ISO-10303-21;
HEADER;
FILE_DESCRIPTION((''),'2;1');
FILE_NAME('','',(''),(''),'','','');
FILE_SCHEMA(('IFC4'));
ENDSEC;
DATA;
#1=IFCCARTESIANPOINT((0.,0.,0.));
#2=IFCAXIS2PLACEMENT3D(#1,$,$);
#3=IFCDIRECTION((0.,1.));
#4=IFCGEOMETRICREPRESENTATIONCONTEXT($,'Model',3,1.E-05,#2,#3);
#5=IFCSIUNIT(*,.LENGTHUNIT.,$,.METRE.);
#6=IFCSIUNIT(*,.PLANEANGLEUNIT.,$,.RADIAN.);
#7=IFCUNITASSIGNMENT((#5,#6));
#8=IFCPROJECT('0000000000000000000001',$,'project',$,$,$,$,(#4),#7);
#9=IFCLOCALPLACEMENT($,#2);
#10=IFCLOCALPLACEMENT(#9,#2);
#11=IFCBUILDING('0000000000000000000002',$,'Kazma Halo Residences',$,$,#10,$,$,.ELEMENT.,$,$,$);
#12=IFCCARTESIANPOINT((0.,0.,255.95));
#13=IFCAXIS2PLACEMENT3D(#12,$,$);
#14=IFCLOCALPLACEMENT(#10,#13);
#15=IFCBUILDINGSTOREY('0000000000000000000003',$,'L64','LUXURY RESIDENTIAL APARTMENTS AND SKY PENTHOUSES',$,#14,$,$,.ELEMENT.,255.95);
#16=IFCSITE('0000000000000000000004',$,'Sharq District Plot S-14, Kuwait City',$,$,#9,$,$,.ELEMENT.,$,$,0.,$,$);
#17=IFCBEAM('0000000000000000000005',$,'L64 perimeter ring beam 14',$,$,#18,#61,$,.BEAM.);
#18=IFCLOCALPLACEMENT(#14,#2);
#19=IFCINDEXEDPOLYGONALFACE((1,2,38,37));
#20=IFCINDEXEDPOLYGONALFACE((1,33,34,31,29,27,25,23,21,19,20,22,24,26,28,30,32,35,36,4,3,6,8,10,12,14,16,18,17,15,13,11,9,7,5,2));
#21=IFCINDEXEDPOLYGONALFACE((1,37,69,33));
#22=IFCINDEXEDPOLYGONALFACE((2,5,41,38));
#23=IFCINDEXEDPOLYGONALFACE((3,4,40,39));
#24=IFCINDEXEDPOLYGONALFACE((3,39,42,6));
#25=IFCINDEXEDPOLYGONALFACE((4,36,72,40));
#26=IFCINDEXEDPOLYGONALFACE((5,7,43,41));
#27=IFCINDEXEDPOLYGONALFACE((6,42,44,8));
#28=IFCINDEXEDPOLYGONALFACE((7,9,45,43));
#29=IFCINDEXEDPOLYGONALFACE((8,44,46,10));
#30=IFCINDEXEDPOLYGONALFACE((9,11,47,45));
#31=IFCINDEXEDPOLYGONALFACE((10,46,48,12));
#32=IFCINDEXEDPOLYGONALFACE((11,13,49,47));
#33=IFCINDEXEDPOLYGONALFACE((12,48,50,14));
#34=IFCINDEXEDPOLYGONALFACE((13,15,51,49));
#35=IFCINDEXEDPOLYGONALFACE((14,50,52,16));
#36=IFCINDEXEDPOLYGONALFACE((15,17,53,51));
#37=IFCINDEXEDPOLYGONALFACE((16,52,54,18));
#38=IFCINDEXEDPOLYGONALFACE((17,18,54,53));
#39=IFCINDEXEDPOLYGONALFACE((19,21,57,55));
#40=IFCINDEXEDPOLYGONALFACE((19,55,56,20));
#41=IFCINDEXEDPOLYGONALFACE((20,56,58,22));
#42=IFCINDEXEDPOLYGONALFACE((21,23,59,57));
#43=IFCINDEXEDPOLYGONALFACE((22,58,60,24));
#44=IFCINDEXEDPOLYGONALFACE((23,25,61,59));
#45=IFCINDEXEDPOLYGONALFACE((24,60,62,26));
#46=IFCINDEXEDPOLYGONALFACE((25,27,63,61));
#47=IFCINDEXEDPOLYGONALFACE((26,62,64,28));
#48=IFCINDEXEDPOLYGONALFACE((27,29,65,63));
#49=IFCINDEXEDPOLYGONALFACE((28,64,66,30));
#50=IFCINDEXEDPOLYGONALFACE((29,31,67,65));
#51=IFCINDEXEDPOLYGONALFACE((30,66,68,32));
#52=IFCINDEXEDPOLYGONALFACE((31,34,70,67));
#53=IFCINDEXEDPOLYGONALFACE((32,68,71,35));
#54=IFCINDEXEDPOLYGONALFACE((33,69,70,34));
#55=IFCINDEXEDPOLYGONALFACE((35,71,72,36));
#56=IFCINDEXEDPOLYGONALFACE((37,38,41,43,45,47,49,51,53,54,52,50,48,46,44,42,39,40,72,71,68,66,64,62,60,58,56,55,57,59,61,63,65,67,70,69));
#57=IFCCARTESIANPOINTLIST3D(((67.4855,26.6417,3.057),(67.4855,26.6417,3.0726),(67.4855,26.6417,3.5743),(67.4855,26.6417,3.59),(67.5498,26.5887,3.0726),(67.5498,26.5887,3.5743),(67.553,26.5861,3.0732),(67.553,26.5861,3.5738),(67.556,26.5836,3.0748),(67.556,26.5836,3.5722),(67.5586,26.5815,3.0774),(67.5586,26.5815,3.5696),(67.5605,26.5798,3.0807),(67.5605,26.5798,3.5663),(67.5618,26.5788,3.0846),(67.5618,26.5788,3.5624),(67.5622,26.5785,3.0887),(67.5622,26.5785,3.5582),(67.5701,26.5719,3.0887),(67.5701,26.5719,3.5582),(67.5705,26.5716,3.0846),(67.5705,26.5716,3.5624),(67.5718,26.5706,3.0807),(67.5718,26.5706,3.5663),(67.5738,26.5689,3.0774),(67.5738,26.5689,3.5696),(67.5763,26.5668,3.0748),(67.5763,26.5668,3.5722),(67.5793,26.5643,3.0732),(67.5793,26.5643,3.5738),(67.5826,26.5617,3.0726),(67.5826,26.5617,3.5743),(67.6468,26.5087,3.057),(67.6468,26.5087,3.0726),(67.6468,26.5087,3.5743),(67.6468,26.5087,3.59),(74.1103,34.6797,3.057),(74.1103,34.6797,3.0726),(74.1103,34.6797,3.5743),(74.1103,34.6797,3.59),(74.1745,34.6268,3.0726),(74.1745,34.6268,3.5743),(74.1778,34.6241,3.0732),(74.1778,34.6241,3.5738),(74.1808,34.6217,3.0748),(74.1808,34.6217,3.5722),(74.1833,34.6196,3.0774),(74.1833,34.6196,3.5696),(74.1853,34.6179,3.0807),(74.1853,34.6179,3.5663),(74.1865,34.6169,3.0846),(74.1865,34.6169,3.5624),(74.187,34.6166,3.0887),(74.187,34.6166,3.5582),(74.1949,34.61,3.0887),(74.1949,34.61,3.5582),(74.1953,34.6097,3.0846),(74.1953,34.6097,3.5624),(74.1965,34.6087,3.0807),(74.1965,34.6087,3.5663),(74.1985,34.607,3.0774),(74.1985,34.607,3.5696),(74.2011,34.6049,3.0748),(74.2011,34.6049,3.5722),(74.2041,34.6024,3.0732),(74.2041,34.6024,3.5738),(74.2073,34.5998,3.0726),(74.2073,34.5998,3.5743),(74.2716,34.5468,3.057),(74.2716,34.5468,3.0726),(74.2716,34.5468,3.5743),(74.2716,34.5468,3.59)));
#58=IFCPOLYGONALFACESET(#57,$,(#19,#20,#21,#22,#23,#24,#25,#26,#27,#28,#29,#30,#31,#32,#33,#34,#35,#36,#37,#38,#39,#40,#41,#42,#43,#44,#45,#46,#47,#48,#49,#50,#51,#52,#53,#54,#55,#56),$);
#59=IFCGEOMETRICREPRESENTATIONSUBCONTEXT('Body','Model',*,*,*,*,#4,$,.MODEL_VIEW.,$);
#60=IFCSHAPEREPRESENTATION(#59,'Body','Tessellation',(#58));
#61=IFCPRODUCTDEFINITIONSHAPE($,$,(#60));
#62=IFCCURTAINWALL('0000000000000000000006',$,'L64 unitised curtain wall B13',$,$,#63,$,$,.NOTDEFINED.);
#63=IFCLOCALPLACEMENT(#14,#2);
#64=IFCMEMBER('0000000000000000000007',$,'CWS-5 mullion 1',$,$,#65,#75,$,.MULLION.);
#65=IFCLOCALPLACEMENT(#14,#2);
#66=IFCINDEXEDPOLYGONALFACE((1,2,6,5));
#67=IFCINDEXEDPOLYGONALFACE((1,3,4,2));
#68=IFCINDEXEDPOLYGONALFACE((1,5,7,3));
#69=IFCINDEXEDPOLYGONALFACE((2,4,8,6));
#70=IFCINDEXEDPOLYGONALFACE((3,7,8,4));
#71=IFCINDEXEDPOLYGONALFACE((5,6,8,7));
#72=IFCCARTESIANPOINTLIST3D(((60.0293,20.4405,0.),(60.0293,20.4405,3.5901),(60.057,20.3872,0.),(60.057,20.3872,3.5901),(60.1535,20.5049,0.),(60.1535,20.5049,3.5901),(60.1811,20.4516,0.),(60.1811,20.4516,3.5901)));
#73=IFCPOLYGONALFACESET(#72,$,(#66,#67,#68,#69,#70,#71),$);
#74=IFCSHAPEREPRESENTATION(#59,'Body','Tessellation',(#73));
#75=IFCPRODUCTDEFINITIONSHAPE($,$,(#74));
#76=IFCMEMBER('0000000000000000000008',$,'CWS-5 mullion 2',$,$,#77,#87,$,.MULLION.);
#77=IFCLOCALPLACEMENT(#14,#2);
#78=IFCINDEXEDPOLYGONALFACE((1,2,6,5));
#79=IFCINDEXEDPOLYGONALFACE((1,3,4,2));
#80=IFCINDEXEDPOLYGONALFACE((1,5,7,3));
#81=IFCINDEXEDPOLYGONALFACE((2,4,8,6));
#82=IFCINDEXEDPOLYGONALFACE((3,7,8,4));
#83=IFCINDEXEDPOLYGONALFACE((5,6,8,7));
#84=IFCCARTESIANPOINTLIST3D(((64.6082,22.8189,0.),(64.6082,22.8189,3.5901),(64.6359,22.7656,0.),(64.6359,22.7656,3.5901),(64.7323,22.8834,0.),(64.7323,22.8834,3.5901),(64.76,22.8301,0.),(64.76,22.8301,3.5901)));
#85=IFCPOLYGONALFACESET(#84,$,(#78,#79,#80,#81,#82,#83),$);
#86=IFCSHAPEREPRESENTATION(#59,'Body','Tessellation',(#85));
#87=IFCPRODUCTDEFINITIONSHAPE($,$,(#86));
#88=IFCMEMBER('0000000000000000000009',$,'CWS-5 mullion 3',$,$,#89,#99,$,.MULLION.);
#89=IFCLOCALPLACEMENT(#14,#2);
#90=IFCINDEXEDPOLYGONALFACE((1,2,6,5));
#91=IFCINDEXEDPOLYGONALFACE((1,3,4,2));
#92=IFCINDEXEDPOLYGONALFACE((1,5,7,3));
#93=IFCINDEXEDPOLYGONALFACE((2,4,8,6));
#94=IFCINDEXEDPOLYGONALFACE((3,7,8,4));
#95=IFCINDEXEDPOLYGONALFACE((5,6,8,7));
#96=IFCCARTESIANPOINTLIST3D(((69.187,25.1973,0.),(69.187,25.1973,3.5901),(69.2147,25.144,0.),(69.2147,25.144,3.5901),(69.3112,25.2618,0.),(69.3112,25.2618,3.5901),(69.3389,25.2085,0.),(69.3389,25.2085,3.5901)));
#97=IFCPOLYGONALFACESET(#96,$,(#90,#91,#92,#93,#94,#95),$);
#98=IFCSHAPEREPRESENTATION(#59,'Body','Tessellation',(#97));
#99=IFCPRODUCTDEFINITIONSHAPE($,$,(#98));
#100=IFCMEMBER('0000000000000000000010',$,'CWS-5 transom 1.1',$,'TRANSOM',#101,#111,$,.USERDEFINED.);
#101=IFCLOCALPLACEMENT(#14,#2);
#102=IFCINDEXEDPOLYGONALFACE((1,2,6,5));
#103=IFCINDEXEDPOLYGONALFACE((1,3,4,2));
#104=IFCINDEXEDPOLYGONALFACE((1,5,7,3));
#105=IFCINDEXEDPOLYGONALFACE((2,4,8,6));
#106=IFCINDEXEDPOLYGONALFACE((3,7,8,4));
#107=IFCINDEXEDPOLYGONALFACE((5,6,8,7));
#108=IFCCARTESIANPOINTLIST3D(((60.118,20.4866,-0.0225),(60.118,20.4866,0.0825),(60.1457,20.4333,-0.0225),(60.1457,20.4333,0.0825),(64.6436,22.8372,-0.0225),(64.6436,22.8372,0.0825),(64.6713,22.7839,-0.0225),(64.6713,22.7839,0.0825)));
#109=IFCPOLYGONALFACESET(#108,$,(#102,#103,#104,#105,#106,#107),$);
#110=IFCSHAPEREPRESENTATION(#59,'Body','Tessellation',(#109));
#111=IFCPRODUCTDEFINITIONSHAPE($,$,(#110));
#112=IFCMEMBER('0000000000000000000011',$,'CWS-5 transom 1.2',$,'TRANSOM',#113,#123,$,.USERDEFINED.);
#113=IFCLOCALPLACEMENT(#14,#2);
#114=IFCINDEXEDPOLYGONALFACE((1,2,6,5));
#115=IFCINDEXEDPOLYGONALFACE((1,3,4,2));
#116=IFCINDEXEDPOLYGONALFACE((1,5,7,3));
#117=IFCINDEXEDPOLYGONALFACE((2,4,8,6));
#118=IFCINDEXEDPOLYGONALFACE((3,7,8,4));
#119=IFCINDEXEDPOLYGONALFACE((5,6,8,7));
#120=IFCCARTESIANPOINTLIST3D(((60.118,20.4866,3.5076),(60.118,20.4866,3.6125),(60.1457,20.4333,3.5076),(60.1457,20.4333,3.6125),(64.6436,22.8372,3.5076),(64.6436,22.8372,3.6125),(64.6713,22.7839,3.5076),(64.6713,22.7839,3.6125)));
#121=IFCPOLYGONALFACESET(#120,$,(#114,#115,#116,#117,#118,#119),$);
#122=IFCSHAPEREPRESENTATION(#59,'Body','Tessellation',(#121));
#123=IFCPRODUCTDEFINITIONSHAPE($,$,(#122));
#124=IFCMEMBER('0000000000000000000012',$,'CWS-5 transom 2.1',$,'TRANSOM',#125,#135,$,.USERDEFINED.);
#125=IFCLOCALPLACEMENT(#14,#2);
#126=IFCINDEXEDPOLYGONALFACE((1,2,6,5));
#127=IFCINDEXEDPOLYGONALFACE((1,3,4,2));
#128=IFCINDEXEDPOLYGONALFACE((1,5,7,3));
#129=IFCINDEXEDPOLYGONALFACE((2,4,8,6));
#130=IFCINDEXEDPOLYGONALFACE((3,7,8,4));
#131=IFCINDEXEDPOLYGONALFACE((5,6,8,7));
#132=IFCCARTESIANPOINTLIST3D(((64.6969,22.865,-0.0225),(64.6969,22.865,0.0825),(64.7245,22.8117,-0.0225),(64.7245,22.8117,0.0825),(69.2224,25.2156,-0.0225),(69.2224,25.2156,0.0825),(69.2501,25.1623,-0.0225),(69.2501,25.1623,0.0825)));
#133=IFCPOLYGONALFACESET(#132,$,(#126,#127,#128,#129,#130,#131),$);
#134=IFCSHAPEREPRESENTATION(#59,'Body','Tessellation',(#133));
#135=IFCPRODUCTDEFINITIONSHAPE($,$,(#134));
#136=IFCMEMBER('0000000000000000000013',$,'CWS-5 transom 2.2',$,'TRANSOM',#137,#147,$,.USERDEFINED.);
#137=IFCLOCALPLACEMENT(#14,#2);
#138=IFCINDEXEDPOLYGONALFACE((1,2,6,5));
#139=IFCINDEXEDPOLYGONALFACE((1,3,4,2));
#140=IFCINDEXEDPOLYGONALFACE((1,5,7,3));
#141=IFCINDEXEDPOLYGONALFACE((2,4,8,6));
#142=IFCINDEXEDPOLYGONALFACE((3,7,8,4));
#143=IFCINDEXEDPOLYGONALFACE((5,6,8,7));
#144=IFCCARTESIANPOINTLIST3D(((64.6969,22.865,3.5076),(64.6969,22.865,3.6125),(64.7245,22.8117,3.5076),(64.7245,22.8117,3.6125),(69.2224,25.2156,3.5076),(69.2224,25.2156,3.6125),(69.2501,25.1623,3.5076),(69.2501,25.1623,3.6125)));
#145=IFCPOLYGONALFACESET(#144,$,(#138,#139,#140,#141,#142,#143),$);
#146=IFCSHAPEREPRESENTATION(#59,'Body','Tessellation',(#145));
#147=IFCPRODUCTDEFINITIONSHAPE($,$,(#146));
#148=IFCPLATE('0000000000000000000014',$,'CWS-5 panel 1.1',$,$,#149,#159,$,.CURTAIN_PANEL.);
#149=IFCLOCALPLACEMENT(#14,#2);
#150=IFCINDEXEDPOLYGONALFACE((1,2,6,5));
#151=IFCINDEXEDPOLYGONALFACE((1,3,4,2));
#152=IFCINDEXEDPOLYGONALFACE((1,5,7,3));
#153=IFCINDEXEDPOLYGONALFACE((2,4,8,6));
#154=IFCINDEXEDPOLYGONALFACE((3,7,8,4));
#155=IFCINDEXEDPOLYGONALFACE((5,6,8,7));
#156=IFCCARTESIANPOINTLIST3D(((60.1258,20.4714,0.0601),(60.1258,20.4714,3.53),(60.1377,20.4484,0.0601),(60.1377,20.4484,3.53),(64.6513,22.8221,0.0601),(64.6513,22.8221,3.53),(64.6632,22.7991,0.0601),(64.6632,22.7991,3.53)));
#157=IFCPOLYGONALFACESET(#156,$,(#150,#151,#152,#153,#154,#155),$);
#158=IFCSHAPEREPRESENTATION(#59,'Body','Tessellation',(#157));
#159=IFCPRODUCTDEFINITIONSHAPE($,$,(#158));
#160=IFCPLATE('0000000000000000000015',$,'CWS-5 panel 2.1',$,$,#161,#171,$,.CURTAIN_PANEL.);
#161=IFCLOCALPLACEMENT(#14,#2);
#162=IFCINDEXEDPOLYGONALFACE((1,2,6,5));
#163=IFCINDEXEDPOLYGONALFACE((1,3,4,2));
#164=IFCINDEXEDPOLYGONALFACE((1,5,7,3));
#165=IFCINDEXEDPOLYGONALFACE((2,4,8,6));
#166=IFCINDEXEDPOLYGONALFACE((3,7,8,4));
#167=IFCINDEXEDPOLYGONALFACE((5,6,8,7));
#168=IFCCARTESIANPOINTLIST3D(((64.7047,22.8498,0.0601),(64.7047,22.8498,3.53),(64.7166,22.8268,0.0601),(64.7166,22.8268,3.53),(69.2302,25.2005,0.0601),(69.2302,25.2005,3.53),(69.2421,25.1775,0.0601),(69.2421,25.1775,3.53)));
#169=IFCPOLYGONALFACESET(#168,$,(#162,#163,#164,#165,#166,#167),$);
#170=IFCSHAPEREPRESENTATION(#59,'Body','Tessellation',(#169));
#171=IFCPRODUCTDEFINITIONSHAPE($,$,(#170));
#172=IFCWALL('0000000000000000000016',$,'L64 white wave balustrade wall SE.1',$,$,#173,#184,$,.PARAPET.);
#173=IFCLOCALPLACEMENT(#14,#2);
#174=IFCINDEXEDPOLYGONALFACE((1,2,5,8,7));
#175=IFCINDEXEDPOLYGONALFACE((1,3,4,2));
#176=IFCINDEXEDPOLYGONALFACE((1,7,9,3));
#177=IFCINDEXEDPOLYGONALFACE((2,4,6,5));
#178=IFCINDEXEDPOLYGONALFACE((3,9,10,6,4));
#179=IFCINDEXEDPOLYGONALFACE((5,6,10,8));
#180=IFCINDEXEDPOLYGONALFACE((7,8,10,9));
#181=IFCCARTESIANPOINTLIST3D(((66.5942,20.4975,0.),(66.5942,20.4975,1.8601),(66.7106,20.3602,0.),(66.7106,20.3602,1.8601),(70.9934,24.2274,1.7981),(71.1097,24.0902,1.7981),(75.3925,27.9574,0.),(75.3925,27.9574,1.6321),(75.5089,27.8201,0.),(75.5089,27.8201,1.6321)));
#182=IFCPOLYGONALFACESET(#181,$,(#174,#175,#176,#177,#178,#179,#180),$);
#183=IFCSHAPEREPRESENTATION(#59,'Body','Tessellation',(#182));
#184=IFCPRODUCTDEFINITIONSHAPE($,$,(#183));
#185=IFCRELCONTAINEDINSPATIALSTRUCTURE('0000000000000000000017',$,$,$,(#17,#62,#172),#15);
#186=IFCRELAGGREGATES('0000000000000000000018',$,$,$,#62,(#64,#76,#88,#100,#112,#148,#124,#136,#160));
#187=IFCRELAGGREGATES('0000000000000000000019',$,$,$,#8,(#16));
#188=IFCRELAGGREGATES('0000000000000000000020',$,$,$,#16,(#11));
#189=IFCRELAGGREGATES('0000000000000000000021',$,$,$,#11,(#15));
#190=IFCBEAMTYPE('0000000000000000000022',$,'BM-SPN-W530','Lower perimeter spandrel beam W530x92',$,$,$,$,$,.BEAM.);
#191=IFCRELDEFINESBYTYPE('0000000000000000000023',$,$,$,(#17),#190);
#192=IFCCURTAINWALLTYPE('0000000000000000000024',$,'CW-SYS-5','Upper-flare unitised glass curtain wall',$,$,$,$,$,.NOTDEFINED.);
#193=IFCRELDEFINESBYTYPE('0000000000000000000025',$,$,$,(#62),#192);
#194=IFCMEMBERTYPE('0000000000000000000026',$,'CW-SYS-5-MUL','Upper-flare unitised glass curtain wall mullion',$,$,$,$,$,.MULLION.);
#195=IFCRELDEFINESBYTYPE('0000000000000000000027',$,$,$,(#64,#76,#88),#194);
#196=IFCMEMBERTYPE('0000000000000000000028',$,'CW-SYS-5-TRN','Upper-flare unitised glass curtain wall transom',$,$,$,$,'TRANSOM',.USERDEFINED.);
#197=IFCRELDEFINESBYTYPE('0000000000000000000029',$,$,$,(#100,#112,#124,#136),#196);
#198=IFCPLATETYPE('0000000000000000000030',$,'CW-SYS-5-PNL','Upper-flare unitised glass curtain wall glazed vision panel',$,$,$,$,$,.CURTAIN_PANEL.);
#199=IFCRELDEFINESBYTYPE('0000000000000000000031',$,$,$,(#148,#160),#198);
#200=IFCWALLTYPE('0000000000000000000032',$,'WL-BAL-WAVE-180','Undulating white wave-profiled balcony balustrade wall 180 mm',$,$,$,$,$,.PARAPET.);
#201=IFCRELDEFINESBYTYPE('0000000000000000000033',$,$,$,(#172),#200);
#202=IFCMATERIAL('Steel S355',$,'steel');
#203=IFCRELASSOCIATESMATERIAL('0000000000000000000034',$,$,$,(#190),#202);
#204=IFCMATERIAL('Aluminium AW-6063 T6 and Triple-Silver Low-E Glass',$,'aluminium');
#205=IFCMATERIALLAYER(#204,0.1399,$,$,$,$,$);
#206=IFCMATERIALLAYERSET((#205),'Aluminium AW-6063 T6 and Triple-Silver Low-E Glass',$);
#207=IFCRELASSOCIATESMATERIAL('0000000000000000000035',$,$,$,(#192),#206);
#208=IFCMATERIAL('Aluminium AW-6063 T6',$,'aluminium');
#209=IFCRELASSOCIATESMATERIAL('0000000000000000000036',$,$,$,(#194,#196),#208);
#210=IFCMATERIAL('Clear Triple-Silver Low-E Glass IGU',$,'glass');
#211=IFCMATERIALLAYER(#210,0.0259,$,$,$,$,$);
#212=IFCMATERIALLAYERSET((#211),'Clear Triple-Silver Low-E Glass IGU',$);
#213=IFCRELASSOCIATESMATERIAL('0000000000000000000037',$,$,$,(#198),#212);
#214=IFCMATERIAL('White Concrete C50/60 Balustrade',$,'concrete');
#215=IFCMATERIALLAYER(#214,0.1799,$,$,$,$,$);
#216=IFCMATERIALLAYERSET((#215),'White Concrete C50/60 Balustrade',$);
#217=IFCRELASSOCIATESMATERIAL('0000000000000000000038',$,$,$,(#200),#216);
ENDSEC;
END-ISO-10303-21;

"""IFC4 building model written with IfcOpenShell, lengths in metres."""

from ifc_helpers import new_model, si_unit, direction, frame, origin, origin_2d, place, context, subcontext, project, spatial, polyline, rectangle, i_section, outline, extrude, material, layer, layer_set, material_profile, profile_set, type_object, element, aggregate, save


model = new_model("IFC4")

# Units and contexts
model_context = context("Model", 3, precision=1e-05, world=origin(), true_north=direction((0.0, 1.0)))
body_context = subcontext(model_context, "Body", "Model", "MODEL_VIEW")
ifc_project = project(units=[si_unit("LENGTHUNIT", "METRE"), si_unit("PLANEANGLEUNIT", "RADIAN")], contexts=[model_context])

# Site, building, storey
site_placement = place(None, origin())
site = spatial("IfcSite", under=ifc_project, at=site_placement, Name="Sharq District Plot S-14, Kuwait City", CompositionType="ELEMENT", RefElevation=0.0)
building_placement = place(site_placement, origin())
building = spatial("IfcBuilding", under=site, at=building_placement, Name="Kazma Halo Residences", CompositionType="ELEMENT")
storey_placement = place(building_placement, frame((0.0, 0.0, 255.95)))
storey = spatial("IfcBuildingStorey", under=building, at=storey_placement, Name="L64", Description="LUXURY RESIDENTIAL APARTMENTS AND SKY PENTHOUSES", CompositionType="ELEMENT", Elevation=255.95)

# Beam
ifc_material_1 = material(Name="Steel S355", Category="steel")
ifc_material_profile_1 = material_profile(ifc_material_1, i_section(OverallWidth=0.209, OverallDepth=0.533, WebThickness=0.0103, FlangeThickness=0.0156, FilletRadius=0.0161, at=origin_2d()), Name="W530x92")
ifc_profile_set_1 = profile_set([ifc_material_profile_1], Name="Steel S355")
beam_type_1 = type_object("IfcBeamType", Name="BM-SPN-W530", Description="Lower perimeter spandrel beam W530x92", PredefinedType="BEAM", material=ifc_profile_set_1)
beam_1_placement = place(storey_placement, frame((67.5662, 26.5752, 3.3235), z_axis=(0.636002, 0.771687, 0.0), x_axis=(-0.771687, 0.636002, 0.0)))
element("IfcBeam", 1, at=beam_1_placement, inside=storey, type_object=beam_type_1, Name="L64 perimeter ring beam 14", PredefinedType="BEAM", context=body_context, shape_type="SweptSolid", body=[
    extrude(i_section(OverallWidth=0.209, OverallDepth=0.533, WebThickness=0.0103, FlangeThickness=0.0156, FilletRadius=0.0161, at=origin_2d()), origin(), (0.0, 0.0, 1.0), 10.4163),
])

# Curtain wall, members, plates
ifc_material_2 = material(Name="Aluminium AW-6063 T6 and Triple-Silver Low-E Glass", Category="aluminium")
ifc_layer_1 = layer(ifc_material_2, 0.1399)
ifc_layer_set_1 = layer_set([ifc_layer_1], Name="Aluminium AW-6063 T6 and Triple-Silver Low-E Glass")
curtain_wall_type = type_object("IfcCurtainWallType", Name="CW-SYS-5", Description="Upper-flare unitised glass curtain wall", PredefinedType="NOTDEFINED", material=ifc_layer_set_1)
curtain_wall_placement = place(storey_placement, origin())
curtain_wall = element("IfcCurtainWall", 2, at=curtain_wall_placement, inside=storey, type_object=curtain_wall_type, Name="L64 unitised curtain wall B13", PredefinedType="NOTDEFINED")
ifc_material_3 = material(Name="Aluminium AW-6063 T6", Category="aluminium")
ifc_material_profile_2 = material_profile(ifc_material_3, rectangle(XDim=0.0601, YDim=0.1399, at=origin_2d()), Name="CWM-60x140")
ifc_profile_set_2 = profile_set([ifc_material_profile_2], Name="Aluminium AW-6063 T6")
member_type_1 = type_object("IfcMemberType", Name="CW-SYS-5-MUL", Description="Upper-flare unitised glass curtain wall mullion", PredefinedType="MULLION", material=ifc_profile_set_2)
member_1_placement = place(storey_placement, frame((60.1052, 20.446, 0.0), z_axis=(0.0, 0.0, 1.0), x_axis=(-0.460961, 0.887421, 0.0)))
member_1 = element("IfcMember", 3, at=member_1_placement, type_object=member_type_1, Name="CWS-5 mullion 1", PredefinedType="MULLION", context=body_context, shape_type="SweptSolid", body=[
    extrude(rectangle(XDim=0.0601, YDim=0.1399, at=origin_2d()), origin(), (0.0, 0.0, 1.0), 3.5901),
])
member_2_placement = place(storey_placement, frame((64.6841, 22.8245, 0.0), z_axis=(0.0, 0.0, 1.0), x_axis=(-0.460961, 0.887421, 0.0)))
member_2 = element("IfcMember", 4, at=member_2_placement, type_object=member_type_1, Name="CWS-5 mullion 2", PredefinedType="MULLION", context=body_context, shape_type="SweptSolid", body=[
    extrude(rectangle(XDim=0.0601, YDim=0.1399, at=origin_2d()), origin(), (0.0, 0.0, 1.0), 3.5901),
])
member_3_placement = place(storey_placement, frame((69.2629, 25.2029, 0.0), z_axis=(0.0, 0.0, 1.0), x_axis=(-0.460961, 0.887421, 0.0)))
member_3 = element("IfcMember", 5, at=member_3_placement, type_object=member_type_1, Name="CWS-5 mullion 3", PredefinedType="MULLION", context=body_context, shape_type="SweptSolid", body=[
    extrude(rectangle(XDim=0.0601, YDim=0.1399, at=origin_2d()), origin(), (0.0, 0.0, 1.0), 3.5901),
])
ifc_material_profile_3 = material_profile(ifc_material_3, rectangle(XDim=0.0601, YDim=0.105, at=origin_2d()), Name="CWT-60x105")
ifc_profile_set_3 = profile_set([ifc_material_profile_3], Name="Aluminium AW-6063 T6")
member_type_2 = type_object("IfcMemberType", Name="CW-SYS-5-TRN", Description="Upper-flare unitised glass curtain wall transom", ElementType="TRANSOM", PredefinedType="USERDEFINED", material=ifc_profile_set_3)
member_4_placement = place(storey_placement, frame((60.1318, 20.46, 0.03), z_axis=(0.887437, 0.460929, 0.0), x_axis=(-0.460929, 0.887437, 0.0)))
member_4 = element("IfcMember", 6, at=member_4_placement, type_object=member_type_2, Name="CWS-5 transom 1.1", ObjectType="TRANSOM", PredefinedType="USERDEFINED", context=body_context, shape_type="SweptSolid", body=[
    extrude(rectangle(XDim=0.0601, YDim=0.105, at=origin_2d()), origin(), (0.0, 0.0, 1.0), 5.0996),
])
member_5_placement = place(storey_placement, frame((60.1318, 20.46, 3.5601), z_axis=(0.887437, 0.460929, 0.0), x_axis=(-0.460929, 0.887437, 0.0)))
member_5 = element("IfcMember", 7, at=member_5_placement, type_object=member_type_2, Name="CWS-5 transom 1.2", ObjectType="TRANSOM", PredefinedType="USERDEFINED", context=body_context, shape_type="SweptSolid", body=[
    extrude(rectangle(XDim=0.0601, YDim=0.105, at=origin_2d()), origin(), (0.0, 0.0, 1.0), 5.0996),
])
member_6_placement = place(storey_placement, frame((64.7107, 22.8384, 0.03), z_axis=(0.887437, 0.460929, 0.0), x_axis=(-0.460929, 0.887437, 0.0)))
member_6 = element("IfcMember", 8, at=member_6_placement, type_object=member_type_2, Name="CWS-5 transom 2.1", ObjectType="TRANSOM", PredefinedType="USERDEFINED", context=body_context, shape_type="SweptSolid", body=[
    extrude(rectangle(XDim=0.0601, YDim=0.105, at=origin_2d()), origin(), (0.0, 0.0, 1.0), 5.0996),
])
member_7_placement = place(storey_placement, frame((64.7107, 22.8384, 3.5601), z_axis=(0.887437, 0.460929, 0.0), x_axis=(-0.460929, 0.887437, 0.0)))
member_7 = element("IfcMember", 9, at=member_7_placement, type_object=member_type_2, Name="CWS-5 transom 2.2", ObjectType="TRANSOM", PredefinedType="USERDEFINED", context=body_context, shape_type="SweptSolid", body=[
    extrude(rectangle(XDim=0.0601, YDim=0.105, at=origin_2d()), origin(), (0.0, 0.0, 1.0), 5.0996),
])
ifc_material_4 = material(Name="Clear Triple-Silver Low-E Glass IGU", Category="glass")
ifc_layer_2 = layer(ifc_material_4, 0.0259)
ifc_layer_set_2 = layer_set([ifc_layer_2], Name="Clear Triple-Silver Low-E Glass IGU")
plate_type = type_object("IfcPlateType", Name="CW-SYS-5-PNL", Description="Upper-flare unitised glass curtain wall glazed vision panel", PredefinedType="CURTAIN_PANEL", material=ifc_layer_set_2)
plate_1_placement = place(storey_placement, frame((62.3945, 21.6353, 0.0601), z_axis=(0.0, 0.0, 1.0), x_axis=(0.887421, 0.460961, 0.0)))
plate_1 = element("IfcPlate", 10, at=plate_1_placement, type_object=plate_type, Name="CWS-5 panel 1.1", PredefinedType="CURTAIN_PANEL", context=body_context, shape_type="SweptSolid", body=[
    extrude(rectangle(XDim=5.0996, YDim=0.0259, at=origin_2d()), origin(), (0.0, 0.0, 1.0), 3.47),
])
plate_2_placement = place(storey_placement, frame((66.9734, 24.0137, 0.0601), z_axis=(0.0, 0.0, 1.0), x_axis=(0.887421, 0.460961, 0.0)))
plate_2 = element("IfcPlate", 11, at=plate_2_placement, type_object=plate_type, Name="CWS-5 panel 2.1", PredefinedType="CURTAIN_PANEL", context=body_context, shape_type="SweptSolid", body=[
    extrude(rectangle(XDim=5.0996, YDim=0.0259, at=origin_2d()), origin(), (0.0, 0.0, 1.0), 3.47),
])
aggregate(curtain_wall, [member_1, member_2, member_3, member_4, member_5, plate_1, member_6, member_7, plate_2])

# Wall
ifc_material_5 = material(Name="White Concrete C50/60 Balustrade", Category="concrete")
ifc_layer_3 = layer(ifc_material_5, 0.1799)
ifc_layer_set_3 = layer_set([ifc_layer_3], Name="White Concrete C50/60 Balustrade")
wall_type_1 = type_object("IfcWallType", Name="WL-BAL-WAVE-180", Description="Undulating white wave-profiled balcony balustrade wall 180 mm", PredefinedType="PARAPET", material=ifc_layer_set_3)
wall_1_placement = place(storey_placement, frame((66.6523, 20.429, 0.0), z_axis=(0.0, 0.0, 1.0), x_axis=(0.762736, 0.64671, 0.0)))
element("IfcWall", 12, at=wall_1_placement, inside=storey, type_object=wall_type_1, Name="L64 white wave balustrade wall SE.1", PredefinedType="PARAPET", context=body_context, shape_type="SweptSolid", body=[
    extrude(outline(polyline([(0.0, 0.0), (11.5352, 0.0), (11.5352, 1.6321), (5.7676, 1.7981), (0.0, 1.8601), (0.0, 0.0)])), frame((0.0, 0.0898, 0.0), z_axis=(0.0, -1.0, 0.0), x_axis=(1.0, 0.0, 0.0)), (0.0, 0.0, 1.0), 0.1799),
])

save(model, "model.ifc")
